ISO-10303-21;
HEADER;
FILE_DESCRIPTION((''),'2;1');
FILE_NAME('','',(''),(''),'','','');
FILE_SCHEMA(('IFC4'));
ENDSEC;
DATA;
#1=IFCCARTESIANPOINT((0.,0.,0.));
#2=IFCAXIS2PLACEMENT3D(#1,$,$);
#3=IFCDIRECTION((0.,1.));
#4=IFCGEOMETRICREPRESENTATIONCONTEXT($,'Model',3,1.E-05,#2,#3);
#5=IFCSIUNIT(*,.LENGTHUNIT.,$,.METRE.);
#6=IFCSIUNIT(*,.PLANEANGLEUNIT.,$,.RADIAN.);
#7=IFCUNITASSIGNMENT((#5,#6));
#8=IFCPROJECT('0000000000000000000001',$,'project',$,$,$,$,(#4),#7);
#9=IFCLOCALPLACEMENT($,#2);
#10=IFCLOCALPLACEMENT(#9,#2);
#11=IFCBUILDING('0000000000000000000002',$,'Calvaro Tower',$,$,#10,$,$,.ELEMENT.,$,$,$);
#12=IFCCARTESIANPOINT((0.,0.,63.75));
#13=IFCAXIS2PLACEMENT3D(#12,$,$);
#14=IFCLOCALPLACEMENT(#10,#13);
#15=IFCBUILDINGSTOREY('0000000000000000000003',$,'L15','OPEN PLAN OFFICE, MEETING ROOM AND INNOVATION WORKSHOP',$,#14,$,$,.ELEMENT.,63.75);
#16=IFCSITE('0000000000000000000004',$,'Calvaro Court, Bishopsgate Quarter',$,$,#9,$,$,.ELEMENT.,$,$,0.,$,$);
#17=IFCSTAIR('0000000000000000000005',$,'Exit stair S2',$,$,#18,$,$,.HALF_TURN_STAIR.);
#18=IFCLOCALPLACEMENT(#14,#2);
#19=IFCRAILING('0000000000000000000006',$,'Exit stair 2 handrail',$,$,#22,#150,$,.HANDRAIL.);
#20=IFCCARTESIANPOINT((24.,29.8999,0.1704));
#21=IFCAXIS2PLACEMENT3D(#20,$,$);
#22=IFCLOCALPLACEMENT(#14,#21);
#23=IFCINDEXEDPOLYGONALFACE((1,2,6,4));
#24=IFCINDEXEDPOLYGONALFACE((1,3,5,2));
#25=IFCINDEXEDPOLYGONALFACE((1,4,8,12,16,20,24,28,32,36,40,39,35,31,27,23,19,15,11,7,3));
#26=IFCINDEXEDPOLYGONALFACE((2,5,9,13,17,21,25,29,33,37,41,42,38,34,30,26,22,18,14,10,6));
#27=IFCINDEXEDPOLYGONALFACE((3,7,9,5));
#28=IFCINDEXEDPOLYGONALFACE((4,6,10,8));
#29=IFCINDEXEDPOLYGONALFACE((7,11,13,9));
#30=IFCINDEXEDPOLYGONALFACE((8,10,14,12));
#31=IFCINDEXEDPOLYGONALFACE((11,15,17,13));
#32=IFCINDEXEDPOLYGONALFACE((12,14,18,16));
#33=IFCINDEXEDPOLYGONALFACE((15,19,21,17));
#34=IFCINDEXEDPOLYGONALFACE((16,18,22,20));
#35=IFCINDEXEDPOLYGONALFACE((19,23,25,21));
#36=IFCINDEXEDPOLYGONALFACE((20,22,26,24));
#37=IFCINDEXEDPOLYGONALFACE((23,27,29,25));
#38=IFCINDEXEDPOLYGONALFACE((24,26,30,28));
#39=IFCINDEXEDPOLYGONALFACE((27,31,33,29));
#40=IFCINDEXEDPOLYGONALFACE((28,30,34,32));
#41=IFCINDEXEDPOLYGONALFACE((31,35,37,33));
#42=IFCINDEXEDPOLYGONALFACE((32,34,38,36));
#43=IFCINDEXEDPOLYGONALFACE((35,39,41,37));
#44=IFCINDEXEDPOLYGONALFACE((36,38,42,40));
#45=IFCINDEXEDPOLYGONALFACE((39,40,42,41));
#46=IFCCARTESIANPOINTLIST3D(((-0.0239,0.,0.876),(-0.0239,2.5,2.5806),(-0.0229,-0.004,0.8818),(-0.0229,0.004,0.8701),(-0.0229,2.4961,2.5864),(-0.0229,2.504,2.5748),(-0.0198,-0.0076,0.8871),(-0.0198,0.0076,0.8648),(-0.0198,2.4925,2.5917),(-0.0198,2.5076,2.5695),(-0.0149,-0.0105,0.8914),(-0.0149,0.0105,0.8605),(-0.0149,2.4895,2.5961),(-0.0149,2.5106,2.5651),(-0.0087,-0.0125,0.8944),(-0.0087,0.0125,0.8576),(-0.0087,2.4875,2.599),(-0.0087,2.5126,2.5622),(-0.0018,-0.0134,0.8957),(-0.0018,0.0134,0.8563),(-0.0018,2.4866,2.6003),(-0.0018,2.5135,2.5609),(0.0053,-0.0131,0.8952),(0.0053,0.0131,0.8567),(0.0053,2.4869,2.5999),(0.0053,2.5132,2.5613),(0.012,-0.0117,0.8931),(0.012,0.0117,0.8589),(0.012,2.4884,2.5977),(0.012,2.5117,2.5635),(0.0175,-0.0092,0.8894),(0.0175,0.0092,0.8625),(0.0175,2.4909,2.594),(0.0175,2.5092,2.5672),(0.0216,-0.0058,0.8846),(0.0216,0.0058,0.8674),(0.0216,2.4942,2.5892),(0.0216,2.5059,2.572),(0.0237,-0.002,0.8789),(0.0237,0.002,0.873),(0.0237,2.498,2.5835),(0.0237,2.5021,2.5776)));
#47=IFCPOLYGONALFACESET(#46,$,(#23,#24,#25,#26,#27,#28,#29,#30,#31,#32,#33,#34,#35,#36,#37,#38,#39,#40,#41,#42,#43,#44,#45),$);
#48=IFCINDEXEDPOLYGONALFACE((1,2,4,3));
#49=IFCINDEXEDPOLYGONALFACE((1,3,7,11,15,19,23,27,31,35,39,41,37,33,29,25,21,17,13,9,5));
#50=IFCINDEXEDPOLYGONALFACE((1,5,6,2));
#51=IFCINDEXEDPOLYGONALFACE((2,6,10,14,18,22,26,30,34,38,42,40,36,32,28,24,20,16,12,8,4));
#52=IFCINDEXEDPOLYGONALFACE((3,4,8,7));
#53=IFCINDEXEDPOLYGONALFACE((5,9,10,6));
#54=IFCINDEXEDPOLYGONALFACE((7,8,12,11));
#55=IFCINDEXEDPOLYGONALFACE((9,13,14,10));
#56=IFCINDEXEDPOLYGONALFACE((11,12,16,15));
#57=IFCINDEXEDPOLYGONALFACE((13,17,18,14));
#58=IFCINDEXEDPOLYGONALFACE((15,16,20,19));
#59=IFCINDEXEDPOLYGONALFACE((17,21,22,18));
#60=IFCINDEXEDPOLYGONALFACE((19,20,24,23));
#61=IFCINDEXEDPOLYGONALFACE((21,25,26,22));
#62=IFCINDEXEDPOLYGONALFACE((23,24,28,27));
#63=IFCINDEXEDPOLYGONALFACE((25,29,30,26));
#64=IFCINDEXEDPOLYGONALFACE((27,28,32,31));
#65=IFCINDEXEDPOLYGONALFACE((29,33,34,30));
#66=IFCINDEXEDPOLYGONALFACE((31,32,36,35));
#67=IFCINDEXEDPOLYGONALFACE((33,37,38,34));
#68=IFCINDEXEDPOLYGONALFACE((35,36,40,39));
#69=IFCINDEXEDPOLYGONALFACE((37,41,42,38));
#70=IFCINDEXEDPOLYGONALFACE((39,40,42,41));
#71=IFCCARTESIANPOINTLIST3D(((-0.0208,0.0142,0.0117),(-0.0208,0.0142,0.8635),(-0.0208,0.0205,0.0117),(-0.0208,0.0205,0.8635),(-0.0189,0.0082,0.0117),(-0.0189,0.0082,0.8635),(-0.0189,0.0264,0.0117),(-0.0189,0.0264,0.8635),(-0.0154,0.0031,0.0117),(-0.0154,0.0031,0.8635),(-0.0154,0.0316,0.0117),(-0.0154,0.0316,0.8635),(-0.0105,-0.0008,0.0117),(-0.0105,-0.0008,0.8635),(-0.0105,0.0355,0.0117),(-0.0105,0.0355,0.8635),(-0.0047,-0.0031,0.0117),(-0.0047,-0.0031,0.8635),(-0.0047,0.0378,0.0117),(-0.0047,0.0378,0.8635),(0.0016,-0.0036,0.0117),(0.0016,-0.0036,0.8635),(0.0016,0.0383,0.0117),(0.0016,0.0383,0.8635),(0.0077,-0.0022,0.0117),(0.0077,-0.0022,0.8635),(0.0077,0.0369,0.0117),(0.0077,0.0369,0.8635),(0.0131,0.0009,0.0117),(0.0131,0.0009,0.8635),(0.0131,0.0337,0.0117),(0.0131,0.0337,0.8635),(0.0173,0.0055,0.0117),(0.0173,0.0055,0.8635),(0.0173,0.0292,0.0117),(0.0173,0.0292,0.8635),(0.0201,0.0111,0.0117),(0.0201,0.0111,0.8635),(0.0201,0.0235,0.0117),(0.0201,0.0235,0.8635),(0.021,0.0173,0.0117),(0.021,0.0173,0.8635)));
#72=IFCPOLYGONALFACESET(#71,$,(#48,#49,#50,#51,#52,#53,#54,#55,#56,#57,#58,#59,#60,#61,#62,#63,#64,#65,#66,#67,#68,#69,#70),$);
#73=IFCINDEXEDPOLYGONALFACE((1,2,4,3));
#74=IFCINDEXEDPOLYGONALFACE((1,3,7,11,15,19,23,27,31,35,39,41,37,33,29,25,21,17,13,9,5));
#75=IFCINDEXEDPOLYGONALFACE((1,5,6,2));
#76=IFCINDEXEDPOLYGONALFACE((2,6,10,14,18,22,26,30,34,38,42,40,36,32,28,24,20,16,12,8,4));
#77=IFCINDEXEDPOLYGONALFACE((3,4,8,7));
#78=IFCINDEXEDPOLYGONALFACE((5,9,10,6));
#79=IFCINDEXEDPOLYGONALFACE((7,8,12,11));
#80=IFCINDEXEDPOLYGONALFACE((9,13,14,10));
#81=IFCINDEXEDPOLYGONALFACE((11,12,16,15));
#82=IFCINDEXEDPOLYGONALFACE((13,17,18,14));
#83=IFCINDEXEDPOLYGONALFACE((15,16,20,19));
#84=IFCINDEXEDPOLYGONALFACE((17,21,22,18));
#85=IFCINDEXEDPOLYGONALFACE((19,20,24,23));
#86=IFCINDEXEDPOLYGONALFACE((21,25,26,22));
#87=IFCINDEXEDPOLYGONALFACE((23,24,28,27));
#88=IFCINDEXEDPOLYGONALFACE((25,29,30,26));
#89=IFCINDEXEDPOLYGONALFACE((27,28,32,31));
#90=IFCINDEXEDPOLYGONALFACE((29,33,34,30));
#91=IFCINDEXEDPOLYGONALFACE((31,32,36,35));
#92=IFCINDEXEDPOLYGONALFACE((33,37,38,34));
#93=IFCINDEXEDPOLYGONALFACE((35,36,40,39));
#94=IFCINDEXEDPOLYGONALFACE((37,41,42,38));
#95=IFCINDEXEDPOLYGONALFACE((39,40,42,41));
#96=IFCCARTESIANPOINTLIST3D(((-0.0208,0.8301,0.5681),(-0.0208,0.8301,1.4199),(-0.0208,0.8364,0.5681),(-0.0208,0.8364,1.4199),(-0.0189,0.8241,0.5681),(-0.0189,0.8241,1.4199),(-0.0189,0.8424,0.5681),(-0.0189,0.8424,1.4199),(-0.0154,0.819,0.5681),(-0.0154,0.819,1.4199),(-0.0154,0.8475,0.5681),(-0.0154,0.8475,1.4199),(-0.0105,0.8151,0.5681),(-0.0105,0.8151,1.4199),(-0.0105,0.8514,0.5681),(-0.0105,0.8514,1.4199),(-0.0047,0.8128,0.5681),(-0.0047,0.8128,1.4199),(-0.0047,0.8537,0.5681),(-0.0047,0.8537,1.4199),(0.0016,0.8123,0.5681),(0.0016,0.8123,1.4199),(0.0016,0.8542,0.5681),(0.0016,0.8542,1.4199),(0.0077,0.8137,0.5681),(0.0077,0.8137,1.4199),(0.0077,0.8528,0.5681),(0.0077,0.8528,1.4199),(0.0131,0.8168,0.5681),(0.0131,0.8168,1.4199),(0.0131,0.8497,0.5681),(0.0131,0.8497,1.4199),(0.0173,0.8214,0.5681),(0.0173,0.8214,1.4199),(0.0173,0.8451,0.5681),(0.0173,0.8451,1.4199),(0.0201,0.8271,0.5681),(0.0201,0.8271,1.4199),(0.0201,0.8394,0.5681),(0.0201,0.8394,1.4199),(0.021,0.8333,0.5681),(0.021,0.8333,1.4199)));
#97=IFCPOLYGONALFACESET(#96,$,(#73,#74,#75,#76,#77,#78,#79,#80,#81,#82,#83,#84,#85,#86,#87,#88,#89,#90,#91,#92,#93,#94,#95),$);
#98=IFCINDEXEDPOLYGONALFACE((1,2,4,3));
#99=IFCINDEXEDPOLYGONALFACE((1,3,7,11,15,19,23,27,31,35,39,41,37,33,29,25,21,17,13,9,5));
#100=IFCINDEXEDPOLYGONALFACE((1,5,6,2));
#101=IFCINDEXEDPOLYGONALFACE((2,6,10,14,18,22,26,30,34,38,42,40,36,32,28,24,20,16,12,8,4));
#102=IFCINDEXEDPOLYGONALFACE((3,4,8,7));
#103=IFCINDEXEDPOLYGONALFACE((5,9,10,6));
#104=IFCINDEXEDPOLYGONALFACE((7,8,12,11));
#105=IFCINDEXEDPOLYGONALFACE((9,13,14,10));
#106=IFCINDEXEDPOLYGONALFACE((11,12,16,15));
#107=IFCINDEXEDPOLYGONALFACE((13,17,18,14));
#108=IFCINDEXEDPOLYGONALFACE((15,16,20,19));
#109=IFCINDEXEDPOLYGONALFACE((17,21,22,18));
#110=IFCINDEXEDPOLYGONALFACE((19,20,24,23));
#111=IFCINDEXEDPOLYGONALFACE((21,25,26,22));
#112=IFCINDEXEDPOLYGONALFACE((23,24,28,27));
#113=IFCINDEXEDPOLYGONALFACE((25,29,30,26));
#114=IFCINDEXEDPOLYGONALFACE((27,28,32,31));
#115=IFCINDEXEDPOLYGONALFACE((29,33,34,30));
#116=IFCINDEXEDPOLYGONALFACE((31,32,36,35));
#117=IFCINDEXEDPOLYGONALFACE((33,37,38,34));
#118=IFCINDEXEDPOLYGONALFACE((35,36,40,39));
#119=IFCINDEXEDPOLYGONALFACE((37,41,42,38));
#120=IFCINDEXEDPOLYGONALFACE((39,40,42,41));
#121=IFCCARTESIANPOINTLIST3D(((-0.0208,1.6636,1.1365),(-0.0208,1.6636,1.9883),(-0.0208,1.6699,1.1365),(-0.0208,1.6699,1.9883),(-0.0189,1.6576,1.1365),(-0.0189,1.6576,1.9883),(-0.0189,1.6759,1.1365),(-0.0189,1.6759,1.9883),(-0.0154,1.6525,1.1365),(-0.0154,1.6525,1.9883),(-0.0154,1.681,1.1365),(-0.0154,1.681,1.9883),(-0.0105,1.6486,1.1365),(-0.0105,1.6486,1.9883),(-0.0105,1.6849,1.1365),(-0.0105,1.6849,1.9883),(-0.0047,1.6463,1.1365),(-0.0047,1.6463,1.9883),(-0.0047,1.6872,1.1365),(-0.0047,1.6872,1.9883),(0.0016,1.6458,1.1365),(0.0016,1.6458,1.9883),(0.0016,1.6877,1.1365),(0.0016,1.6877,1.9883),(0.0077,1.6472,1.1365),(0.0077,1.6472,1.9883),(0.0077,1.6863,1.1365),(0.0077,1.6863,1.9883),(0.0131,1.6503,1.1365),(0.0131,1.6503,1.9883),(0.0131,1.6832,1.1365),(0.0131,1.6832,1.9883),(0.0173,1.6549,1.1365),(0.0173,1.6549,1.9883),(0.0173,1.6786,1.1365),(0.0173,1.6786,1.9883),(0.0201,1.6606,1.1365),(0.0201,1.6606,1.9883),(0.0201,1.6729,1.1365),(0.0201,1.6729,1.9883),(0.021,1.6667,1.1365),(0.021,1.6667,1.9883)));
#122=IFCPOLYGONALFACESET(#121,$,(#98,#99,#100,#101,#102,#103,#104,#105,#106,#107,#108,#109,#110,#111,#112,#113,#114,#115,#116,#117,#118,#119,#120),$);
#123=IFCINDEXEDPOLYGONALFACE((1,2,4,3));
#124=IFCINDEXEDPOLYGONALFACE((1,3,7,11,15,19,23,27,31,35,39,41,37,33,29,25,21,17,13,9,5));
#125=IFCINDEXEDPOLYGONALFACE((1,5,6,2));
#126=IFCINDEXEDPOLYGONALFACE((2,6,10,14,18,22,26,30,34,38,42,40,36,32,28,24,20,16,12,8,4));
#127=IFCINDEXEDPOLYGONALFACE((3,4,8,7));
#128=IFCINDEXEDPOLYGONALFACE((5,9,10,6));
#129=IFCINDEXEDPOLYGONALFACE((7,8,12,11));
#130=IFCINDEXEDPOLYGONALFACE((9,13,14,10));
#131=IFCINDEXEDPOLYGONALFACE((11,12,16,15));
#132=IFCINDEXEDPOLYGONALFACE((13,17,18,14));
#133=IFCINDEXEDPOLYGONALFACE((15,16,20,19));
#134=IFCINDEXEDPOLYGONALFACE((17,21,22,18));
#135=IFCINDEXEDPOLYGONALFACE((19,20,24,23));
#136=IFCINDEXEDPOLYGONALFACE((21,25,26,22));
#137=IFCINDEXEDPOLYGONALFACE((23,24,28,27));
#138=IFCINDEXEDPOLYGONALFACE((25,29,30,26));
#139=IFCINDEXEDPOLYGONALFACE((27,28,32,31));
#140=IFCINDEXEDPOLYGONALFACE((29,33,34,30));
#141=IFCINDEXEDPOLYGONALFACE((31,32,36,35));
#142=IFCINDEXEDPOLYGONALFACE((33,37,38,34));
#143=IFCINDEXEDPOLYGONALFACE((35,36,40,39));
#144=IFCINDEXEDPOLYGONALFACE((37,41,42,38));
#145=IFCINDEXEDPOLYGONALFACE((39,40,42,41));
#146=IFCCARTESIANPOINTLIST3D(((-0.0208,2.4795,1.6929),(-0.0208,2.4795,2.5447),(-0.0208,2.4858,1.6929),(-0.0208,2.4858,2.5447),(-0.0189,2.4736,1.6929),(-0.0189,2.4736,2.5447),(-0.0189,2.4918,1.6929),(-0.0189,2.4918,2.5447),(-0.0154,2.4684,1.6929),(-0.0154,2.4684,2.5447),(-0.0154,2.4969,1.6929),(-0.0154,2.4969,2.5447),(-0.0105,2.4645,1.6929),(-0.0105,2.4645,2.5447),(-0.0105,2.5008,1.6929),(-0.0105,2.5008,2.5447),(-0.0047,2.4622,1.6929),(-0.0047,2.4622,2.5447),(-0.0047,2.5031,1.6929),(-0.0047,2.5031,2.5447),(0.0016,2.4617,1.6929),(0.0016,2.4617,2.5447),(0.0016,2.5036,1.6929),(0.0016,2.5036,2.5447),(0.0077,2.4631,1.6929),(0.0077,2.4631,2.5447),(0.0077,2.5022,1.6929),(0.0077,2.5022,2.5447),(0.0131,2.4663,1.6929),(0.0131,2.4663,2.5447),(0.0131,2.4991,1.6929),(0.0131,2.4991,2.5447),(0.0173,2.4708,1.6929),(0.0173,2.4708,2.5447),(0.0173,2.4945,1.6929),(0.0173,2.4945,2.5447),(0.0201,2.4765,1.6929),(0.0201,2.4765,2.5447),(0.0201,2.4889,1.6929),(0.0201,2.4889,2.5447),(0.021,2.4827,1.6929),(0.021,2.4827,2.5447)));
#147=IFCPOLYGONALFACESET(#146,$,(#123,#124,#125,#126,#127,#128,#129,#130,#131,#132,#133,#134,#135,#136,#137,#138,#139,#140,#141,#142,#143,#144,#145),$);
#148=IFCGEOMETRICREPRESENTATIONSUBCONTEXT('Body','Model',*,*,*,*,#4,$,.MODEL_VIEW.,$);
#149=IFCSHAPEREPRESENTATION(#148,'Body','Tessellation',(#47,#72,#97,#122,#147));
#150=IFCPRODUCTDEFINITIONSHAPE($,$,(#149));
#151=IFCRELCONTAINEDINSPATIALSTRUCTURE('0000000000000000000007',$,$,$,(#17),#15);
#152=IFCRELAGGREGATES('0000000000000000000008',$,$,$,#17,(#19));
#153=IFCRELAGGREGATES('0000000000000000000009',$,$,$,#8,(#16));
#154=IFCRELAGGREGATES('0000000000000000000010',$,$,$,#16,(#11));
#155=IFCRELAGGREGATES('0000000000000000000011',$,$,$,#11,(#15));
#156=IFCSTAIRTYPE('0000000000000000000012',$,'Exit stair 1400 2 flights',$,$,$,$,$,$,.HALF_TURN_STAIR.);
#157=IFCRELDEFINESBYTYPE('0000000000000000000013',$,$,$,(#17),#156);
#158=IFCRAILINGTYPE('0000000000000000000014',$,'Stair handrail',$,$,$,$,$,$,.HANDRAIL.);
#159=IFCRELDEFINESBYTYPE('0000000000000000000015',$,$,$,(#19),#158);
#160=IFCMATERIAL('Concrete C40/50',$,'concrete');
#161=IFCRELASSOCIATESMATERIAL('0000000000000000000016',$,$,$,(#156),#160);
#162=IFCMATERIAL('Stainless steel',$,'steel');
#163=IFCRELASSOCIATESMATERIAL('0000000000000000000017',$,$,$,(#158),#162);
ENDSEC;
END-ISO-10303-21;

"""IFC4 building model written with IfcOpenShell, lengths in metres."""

from ifc_helpers import new_model, si_unit, direction, frame, origin, origin_2d, place, context, subcontext, project, spatial, circle, extrude, material, type_object, element, aggregate, save


model = new_model("IFC4")

# Units and contexts
model_context = context("Model", 3, precision=1e-05, world=origin(), true_north=direction((0.0, 1.0)))
body_context = subcontext(model_context, "Body", "Model", "MODEL_VIEW")
ifc_project = project(units=[si_unit("LENGTHUNIT", "METRE"), si_unit("PLANEANGLEUNIT", "RADIAN")], contexts=[model_context])

# Site, building, storey
site_placement = place(None, origin())
site = spatial("IfcSite", under=ifc_project, at=site_placement, Name="Calvaro Court, Bishopsgate Quarter", CompositionType="ELEMENT", RefElevation=0.0)
building_placement = place(site_placement, origin())
building = spatial("IfcBuilding", under=site, at=building_placement, Name="Calvaro Tower", CompositionType="ELEMENT")
storey_placement = place(building_placement, frame((0.0, 0.0, 63.75)))
storey = spatial("IfcBuildingStorey", under=building, at=storey_placement, Name="L15", Description="OPEN PLAN OFFICE, MEETING ROOM AND INNOVATION WORKSHOP", CompositionType="ELEMENT", Elevation=63.75)

# Stair, railing
ifc_material_1 = material(Name="Concrete C40/50", Category="concrete")
stair_type = type_object("IfcStairType", Name="Exit stair 1400 2 flights", PredefinedType="HALF_TURN_STAIR", material=ifc_material_1)
stair_placement = place(storey_placement, origin())
stair = element("IfcStair", 1, at=stair_placement, inside=storey, type_object=stair_type, Name="Exit stair S2", PredefinedType="HALF_TURN_STAIR")
ifc_material_2 = material(Name="Stainless steel", Category="steel")
railing_type = type_object("IfcRailingType", Name="Stair handrail", PredefinedType="HANDRAIL", material=ifc_material_2)
railing_1_placement = place(storey_placement, frame((24.0, 29.8999, 0.1704)))
railing_1 = element("IfcRailing", 2, at=railing_1_placement, type_object=railing_type, Name="Exit stair 2 handrail", PredefinedType="HANDRAIL", context=body_context, shape_type="SweptSolid", body=[
    extrude(circle(Radius=0.0239, at=origin_2d()), frame((0.0, 0.0, 0.876), z_axis=(0.0, 0.826221, 0.563347), x_axis=(-1.0, 0.0, 0.0)), (0.0, 0.0, 1.0), 3.0259),
    extrude(circle(Radius=0.021, at=origin_2d()), frame((0.0, 0.0173, 0.0117)), (0.0, 0.0, 1.0), 0.8518),
    extrude(circle(Radius=0.021, at=origin_2d()), frame((0.0, 0.8333, 0.5681)), (0.0, 0.0, 1.0), 0.8518),
    extrude(circle(Radius=0.021, at=origin_2d()), frame((0.0, 1.6667, 1.1365)), (0.0, 0.0, 1.0), 0.8518),
    extrude(circle(Radius=0.021, at=origin_2d()), frame((0.0, 2.4827, 1.6929)), (0.0, 0.0, 1.0), 0.8518),
])
aggregate(stair, [railing_1])

save(model, "model.ifc")
